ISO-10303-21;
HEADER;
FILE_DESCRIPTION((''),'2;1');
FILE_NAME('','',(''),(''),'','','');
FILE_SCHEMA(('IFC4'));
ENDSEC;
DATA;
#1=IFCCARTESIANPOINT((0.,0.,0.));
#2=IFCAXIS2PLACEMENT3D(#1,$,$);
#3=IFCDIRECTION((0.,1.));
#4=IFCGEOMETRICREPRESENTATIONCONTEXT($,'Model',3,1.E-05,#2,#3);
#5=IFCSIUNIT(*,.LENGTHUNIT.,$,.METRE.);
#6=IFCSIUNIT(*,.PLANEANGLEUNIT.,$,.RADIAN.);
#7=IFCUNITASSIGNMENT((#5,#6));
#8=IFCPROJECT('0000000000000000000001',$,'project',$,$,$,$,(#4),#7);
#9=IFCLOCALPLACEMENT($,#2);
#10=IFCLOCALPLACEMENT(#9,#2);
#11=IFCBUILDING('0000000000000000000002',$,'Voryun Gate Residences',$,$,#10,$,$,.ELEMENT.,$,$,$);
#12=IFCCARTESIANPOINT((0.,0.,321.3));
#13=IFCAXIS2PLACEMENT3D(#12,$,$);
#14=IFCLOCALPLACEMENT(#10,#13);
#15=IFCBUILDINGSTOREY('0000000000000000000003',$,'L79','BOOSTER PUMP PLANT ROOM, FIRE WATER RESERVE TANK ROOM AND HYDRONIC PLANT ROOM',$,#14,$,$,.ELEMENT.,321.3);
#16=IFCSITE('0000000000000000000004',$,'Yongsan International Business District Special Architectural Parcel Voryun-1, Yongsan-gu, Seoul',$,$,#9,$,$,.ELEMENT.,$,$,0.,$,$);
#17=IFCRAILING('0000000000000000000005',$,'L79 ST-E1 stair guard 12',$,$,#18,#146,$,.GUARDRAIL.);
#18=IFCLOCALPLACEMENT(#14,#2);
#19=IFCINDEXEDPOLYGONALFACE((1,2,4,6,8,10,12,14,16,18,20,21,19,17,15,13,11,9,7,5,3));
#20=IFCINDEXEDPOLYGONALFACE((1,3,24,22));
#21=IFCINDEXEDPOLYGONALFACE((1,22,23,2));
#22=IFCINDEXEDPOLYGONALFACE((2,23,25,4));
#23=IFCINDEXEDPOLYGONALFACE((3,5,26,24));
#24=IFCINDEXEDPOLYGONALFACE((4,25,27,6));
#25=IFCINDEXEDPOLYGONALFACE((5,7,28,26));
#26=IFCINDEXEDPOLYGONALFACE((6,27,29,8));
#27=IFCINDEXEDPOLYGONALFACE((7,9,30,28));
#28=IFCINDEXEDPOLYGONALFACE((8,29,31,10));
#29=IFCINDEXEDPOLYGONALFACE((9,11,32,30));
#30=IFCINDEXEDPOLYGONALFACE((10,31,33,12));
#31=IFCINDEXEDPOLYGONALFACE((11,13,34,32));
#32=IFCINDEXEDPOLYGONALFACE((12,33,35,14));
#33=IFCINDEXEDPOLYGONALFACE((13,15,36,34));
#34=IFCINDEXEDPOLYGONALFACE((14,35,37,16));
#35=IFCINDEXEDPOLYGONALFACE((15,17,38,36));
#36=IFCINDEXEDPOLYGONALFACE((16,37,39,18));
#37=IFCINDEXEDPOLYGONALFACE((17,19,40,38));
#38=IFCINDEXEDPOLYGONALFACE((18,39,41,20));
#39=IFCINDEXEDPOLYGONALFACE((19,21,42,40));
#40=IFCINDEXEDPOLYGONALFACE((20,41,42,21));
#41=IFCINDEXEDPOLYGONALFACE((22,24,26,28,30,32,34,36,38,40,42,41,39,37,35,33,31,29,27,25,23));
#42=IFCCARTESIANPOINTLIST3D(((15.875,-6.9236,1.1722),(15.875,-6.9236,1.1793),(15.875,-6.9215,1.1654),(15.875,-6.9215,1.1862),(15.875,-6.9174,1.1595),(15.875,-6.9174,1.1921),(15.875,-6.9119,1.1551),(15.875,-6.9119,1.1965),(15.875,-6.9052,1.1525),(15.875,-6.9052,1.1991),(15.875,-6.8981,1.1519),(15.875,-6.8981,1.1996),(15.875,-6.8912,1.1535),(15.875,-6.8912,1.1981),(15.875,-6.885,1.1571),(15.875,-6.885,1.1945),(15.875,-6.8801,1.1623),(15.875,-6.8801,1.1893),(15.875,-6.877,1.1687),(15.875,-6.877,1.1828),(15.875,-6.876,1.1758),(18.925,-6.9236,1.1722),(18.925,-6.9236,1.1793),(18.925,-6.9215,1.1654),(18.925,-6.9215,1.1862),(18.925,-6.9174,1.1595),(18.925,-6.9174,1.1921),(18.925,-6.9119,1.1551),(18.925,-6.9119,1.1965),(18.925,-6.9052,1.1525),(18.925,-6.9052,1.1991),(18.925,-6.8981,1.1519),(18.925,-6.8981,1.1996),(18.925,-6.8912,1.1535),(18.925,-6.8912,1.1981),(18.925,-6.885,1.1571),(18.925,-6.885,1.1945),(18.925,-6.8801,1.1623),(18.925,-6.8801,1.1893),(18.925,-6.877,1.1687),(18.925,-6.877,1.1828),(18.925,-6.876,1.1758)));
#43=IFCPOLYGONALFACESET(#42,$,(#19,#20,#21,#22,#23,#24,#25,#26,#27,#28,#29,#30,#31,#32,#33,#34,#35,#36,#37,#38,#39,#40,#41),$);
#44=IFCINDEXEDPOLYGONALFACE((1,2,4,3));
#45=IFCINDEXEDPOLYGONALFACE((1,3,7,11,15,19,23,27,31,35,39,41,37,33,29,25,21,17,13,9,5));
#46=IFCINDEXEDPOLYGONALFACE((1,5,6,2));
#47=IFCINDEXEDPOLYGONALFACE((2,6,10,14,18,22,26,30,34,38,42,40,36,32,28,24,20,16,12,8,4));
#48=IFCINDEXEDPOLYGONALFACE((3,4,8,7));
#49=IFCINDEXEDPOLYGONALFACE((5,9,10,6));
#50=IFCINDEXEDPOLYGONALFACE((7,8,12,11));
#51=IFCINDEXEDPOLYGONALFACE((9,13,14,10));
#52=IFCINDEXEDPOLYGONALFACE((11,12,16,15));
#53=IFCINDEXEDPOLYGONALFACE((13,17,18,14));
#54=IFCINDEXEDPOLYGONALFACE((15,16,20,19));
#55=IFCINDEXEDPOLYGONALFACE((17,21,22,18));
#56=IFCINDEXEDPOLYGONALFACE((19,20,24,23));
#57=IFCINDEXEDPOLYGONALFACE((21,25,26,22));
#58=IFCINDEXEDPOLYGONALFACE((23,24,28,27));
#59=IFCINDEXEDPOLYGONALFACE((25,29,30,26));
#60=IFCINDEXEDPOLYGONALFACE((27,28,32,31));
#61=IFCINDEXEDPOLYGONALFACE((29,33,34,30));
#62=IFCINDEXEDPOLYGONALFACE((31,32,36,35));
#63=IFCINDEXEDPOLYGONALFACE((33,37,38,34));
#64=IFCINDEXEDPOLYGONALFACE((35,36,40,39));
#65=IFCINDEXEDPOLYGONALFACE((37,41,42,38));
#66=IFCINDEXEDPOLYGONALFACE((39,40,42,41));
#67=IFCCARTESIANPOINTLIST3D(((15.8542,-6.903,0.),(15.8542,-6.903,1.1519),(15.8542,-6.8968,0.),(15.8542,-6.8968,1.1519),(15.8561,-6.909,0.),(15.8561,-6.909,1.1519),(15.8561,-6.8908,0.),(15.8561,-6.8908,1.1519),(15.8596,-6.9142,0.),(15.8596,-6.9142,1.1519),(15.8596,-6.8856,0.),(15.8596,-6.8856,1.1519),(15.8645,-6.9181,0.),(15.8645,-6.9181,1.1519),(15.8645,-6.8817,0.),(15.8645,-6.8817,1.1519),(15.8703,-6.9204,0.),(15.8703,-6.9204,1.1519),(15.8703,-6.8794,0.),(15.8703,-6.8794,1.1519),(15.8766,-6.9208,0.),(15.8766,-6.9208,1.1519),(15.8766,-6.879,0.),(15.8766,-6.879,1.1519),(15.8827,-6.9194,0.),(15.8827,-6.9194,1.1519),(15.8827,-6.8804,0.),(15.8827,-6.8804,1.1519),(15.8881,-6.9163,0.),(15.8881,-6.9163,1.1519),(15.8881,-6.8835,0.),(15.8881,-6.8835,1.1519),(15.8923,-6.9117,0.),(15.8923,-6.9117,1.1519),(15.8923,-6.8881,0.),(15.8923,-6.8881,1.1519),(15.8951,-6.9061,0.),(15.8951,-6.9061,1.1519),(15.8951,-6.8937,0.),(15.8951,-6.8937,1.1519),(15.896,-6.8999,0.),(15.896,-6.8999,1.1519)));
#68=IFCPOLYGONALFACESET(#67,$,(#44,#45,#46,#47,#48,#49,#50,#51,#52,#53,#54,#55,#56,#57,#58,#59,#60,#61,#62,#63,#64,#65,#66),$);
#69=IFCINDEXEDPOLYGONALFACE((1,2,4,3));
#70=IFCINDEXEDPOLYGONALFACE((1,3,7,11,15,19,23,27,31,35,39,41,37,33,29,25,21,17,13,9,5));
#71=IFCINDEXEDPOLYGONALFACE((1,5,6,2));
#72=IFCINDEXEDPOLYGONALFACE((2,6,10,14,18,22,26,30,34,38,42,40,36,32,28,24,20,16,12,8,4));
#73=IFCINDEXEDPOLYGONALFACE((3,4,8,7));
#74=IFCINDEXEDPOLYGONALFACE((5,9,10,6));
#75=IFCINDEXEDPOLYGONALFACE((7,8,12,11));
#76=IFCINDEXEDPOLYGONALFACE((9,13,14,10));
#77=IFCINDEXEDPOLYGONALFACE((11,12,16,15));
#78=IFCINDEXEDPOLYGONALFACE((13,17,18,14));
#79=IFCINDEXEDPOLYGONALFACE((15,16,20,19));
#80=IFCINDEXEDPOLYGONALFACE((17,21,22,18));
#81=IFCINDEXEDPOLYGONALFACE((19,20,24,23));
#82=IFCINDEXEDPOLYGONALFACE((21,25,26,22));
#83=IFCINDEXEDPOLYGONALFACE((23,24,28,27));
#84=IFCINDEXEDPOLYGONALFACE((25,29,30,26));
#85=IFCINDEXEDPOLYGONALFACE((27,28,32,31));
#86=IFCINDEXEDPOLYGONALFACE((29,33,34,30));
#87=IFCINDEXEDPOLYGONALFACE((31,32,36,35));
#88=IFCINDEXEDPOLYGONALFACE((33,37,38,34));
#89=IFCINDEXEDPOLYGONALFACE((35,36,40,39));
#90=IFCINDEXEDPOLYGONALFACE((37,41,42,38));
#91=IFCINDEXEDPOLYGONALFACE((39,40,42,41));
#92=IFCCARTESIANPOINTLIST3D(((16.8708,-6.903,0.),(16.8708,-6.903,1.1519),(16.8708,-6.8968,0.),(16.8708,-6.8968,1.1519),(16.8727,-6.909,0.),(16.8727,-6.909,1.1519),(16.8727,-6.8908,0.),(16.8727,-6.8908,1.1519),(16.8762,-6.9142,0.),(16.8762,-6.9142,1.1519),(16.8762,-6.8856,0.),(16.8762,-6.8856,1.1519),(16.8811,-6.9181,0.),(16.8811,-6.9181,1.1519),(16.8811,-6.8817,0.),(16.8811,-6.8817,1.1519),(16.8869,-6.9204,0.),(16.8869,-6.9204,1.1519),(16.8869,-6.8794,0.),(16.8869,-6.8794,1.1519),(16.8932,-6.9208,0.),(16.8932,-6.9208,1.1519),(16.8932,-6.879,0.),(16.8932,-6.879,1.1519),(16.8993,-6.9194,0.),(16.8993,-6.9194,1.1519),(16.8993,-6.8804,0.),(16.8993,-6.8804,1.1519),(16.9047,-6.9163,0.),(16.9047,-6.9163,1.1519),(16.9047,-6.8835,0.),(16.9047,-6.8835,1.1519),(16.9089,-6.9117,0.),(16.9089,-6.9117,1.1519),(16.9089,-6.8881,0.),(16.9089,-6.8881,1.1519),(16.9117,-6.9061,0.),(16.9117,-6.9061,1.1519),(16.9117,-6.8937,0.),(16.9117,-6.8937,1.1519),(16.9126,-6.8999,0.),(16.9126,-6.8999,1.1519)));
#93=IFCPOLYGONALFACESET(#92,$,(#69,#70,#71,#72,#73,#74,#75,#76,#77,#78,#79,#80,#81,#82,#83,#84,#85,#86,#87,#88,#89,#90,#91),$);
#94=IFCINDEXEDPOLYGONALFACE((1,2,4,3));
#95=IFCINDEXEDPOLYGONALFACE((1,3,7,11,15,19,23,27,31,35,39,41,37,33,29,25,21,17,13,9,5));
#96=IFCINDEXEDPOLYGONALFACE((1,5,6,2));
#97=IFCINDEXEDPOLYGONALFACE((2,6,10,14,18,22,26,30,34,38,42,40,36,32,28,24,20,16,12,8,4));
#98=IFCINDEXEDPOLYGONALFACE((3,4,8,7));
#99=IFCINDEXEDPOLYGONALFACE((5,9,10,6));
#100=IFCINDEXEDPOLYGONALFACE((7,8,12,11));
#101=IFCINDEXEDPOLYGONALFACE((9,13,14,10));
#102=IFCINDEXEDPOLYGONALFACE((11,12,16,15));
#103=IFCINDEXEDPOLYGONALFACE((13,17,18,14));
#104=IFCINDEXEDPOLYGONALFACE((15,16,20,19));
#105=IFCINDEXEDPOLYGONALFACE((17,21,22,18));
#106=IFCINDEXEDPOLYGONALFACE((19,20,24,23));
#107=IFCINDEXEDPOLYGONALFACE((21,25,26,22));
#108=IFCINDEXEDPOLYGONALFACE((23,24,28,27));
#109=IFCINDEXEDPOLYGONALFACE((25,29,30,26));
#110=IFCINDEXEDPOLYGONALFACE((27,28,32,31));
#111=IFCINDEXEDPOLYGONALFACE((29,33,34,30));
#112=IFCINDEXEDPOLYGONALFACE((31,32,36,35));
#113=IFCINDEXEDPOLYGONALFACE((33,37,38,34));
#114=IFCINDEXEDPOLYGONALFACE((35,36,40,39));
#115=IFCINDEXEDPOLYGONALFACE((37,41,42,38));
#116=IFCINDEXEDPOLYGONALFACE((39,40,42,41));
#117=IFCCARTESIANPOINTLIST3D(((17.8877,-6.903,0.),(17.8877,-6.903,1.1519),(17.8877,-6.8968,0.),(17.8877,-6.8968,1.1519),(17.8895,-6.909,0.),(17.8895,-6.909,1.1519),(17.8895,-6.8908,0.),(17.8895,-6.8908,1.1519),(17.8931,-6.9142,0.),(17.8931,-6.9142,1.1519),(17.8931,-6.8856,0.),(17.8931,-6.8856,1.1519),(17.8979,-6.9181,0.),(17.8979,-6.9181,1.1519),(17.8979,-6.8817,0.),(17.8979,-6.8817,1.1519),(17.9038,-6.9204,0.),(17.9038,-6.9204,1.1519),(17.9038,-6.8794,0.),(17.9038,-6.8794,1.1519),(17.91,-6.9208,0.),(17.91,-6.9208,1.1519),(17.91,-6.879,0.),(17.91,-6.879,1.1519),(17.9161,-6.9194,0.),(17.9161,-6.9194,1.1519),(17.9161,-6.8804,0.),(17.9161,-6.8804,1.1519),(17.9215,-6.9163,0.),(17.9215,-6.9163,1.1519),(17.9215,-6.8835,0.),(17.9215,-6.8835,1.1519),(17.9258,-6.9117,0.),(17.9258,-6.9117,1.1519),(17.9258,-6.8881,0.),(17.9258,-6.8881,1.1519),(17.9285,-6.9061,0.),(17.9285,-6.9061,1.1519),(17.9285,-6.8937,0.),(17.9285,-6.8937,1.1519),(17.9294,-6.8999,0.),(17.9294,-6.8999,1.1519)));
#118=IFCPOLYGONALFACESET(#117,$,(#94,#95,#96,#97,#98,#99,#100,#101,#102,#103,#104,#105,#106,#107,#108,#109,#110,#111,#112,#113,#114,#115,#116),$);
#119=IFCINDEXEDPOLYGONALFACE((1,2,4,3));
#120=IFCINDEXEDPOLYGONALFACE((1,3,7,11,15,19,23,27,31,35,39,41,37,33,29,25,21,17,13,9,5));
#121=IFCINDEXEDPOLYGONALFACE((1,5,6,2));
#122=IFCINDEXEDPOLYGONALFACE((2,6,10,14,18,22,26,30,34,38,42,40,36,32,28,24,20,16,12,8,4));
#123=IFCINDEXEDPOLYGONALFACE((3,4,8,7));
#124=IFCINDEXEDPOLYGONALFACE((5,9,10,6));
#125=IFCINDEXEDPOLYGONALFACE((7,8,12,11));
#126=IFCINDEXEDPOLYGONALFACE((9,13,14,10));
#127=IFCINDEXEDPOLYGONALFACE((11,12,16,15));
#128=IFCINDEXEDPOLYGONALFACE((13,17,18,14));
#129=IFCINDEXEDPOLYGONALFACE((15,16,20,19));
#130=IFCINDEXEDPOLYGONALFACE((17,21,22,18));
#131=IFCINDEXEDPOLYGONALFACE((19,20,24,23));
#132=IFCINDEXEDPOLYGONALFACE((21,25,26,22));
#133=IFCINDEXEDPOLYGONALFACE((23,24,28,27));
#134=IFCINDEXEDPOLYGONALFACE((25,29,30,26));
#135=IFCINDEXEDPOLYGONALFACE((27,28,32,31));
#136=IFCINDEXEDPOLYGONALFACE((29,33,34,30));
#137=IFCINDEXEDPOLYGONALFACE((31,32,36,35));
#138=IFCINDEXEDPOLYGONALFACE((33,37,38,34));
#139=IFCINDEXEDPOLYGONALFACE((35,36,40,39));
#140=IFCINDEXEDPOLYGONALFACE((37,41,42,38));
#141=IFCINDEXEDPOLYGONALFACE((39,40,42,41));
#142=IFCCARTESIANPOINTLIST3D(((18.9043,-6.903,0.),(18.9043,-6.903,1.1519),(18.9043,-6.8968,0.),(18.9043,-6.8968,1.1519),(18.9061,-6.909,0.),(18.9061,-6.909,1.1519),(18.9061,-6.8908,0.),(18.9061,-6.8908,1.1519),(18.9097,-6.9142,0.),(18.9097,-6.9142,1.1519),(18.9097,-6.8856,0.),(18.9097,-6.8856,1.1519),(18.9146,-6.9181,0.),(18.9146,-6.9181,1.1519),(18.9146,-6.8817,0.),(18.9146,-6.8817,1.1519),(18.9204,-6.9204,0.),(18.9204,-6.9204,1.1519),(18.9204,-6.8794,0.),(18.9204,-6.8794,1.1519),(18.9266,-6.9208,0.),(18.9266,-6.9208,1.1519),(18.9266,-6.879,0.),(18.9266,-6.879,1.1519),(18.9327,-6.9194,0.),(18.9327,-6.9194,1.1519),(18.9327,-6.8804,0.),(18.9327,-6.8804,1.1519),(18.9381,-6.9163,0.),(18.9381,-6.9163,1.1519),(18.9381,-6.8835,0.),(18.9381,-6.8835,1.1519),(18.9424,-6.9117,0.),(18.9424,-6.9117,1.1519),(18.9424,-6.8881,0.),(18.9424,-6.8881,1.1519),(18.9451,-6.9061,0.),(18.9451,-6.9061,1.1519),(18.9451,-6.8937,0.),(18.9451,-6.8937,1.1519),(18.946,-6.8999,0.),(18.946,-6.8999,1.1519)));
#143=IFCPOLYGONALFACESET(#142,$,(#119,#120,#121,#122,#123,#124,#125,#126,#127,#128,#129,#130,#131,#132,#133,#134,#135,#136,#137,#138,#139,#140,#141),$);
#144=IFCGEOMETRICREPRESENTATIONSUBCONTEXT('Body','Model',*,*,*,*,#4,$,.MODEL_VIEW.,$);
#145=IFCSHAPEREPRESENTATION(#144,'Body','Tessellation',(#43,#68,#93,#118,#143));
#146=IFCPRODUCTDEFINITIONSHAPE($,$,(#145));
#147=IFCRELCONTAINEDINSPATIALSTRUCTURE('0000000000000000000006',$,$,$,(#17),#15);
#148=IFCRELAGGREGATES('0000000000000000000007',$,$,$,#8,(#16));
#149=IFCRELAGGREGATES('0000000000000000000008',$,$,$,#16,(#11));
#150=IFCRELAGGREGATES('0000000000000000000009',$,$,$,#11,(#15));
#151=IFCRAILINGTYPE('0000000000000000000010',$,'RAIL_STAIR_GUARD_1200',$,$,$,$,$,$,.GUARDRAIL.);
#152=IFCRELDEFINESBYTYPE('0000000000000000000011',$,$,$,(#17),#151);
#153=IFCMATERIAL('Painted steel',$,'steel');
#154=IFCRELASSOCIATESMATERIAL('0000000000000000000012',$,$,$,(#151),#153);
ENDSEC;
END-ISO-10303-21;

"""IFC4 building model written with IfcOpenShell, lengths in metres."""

from ifc_helpers import new_model, si_unit, direction, frame, origin, origin_2d, place, context, subcontext, project, spatial, circle, extrude, material, type_object, element, save


model = new_model("IFC4")

# Units and contexts
model_context = context("Model", 3, precision=1e-05, world=origin(), true_north=direction((0.0, 1.0)))
body_context = subcontext(model_context, "Body", "Model", "MODEL_VIEW")
ifc_project = project(units=[si_unit("LENGTHUNIT", "METRE"), si_unit("PLANEANGLEUNIT", "RADIAN")], contexts=[model_context])

# Site, building, storey
site_placement = place(None, origin())
site = spatial("IfcSite", under=ifc_project, at=site_placement, Name="Yongsan International Business District Special Architectural Parcel Voryun-1, Yongsan-gu, Seoul", CompositionType="ELEMENT", RefElevation=0.0)
building_placement = place(site_placement, origin())
building = spatial("IfcBuilding", under=site, at=building_placement, Name="Voryun Gate Residences", CompositionType="ELEMENT")
storey_placement = place(building_placement, frame((0.0, 0.0, 321.3)))
storey = spatial("IfcBuildingStorey", under=building, at=storey_placement, Name="L79", Description="BOOSTER PUMP PLANT ROOM, FIRE WATER RESERVE TANK ROOM AND HYDRONIC PLANT ROOM", CompositionType="ELEMENT", Elevation=321.3)

# Railing
ifc_material_1 = material(Name="Painted steel", Category="steel")
railing_type_1 = type_object("IfcRailingType", Name="RAIL_STAIR_GUARD_1200", PredefinedType="GUARDRAIL", material=ifc_material_1)
railing_1_placement = place(storey_placement, frame((15.875, -6.8999, 0.0)))
element("IfcRailing", 1, at=railing_1_placement, inside=storey, type_object=railing_type_1, Name="L79 ST-E1 stair guard 12", PredefinedType="GUARDRAIL", context=body_context, shape_type="SweptSolid", body=[
    extrude(circle(Radius=0.0239, at=origin_2d()), frame((0.0, 0.0, 1.1758), z_axis=(1.0, 0.0, 0.0), x_axis=(0.0, 1.0, 0.0)), (0.0, 0.0, 1.0), 3.05),
    extrude(circle(Radius=0.021, at=origin_2d()), origin(), (0.0, 0.0, 1.0), 1.1519),
    extrude(circle(Radius=0.021, at=origin_2d()), frame((1.0166, 0.0, 0.0)), (0.0, 0.0, 1.0), 1.1519),
    extrude(circle(Radius=0.021, at=origin_2d()), frame((2.0334, 0.0, 0.0)), (0.0, 0.0, 1.0), 1.1519),
    extrude(circle(Radius=0.021, at=origin_2d()), frame((3.05, 0.0, 0.0)), (0.0, 0.0, 1.0), 1.1519),
])

save(model, "model.ifc")
